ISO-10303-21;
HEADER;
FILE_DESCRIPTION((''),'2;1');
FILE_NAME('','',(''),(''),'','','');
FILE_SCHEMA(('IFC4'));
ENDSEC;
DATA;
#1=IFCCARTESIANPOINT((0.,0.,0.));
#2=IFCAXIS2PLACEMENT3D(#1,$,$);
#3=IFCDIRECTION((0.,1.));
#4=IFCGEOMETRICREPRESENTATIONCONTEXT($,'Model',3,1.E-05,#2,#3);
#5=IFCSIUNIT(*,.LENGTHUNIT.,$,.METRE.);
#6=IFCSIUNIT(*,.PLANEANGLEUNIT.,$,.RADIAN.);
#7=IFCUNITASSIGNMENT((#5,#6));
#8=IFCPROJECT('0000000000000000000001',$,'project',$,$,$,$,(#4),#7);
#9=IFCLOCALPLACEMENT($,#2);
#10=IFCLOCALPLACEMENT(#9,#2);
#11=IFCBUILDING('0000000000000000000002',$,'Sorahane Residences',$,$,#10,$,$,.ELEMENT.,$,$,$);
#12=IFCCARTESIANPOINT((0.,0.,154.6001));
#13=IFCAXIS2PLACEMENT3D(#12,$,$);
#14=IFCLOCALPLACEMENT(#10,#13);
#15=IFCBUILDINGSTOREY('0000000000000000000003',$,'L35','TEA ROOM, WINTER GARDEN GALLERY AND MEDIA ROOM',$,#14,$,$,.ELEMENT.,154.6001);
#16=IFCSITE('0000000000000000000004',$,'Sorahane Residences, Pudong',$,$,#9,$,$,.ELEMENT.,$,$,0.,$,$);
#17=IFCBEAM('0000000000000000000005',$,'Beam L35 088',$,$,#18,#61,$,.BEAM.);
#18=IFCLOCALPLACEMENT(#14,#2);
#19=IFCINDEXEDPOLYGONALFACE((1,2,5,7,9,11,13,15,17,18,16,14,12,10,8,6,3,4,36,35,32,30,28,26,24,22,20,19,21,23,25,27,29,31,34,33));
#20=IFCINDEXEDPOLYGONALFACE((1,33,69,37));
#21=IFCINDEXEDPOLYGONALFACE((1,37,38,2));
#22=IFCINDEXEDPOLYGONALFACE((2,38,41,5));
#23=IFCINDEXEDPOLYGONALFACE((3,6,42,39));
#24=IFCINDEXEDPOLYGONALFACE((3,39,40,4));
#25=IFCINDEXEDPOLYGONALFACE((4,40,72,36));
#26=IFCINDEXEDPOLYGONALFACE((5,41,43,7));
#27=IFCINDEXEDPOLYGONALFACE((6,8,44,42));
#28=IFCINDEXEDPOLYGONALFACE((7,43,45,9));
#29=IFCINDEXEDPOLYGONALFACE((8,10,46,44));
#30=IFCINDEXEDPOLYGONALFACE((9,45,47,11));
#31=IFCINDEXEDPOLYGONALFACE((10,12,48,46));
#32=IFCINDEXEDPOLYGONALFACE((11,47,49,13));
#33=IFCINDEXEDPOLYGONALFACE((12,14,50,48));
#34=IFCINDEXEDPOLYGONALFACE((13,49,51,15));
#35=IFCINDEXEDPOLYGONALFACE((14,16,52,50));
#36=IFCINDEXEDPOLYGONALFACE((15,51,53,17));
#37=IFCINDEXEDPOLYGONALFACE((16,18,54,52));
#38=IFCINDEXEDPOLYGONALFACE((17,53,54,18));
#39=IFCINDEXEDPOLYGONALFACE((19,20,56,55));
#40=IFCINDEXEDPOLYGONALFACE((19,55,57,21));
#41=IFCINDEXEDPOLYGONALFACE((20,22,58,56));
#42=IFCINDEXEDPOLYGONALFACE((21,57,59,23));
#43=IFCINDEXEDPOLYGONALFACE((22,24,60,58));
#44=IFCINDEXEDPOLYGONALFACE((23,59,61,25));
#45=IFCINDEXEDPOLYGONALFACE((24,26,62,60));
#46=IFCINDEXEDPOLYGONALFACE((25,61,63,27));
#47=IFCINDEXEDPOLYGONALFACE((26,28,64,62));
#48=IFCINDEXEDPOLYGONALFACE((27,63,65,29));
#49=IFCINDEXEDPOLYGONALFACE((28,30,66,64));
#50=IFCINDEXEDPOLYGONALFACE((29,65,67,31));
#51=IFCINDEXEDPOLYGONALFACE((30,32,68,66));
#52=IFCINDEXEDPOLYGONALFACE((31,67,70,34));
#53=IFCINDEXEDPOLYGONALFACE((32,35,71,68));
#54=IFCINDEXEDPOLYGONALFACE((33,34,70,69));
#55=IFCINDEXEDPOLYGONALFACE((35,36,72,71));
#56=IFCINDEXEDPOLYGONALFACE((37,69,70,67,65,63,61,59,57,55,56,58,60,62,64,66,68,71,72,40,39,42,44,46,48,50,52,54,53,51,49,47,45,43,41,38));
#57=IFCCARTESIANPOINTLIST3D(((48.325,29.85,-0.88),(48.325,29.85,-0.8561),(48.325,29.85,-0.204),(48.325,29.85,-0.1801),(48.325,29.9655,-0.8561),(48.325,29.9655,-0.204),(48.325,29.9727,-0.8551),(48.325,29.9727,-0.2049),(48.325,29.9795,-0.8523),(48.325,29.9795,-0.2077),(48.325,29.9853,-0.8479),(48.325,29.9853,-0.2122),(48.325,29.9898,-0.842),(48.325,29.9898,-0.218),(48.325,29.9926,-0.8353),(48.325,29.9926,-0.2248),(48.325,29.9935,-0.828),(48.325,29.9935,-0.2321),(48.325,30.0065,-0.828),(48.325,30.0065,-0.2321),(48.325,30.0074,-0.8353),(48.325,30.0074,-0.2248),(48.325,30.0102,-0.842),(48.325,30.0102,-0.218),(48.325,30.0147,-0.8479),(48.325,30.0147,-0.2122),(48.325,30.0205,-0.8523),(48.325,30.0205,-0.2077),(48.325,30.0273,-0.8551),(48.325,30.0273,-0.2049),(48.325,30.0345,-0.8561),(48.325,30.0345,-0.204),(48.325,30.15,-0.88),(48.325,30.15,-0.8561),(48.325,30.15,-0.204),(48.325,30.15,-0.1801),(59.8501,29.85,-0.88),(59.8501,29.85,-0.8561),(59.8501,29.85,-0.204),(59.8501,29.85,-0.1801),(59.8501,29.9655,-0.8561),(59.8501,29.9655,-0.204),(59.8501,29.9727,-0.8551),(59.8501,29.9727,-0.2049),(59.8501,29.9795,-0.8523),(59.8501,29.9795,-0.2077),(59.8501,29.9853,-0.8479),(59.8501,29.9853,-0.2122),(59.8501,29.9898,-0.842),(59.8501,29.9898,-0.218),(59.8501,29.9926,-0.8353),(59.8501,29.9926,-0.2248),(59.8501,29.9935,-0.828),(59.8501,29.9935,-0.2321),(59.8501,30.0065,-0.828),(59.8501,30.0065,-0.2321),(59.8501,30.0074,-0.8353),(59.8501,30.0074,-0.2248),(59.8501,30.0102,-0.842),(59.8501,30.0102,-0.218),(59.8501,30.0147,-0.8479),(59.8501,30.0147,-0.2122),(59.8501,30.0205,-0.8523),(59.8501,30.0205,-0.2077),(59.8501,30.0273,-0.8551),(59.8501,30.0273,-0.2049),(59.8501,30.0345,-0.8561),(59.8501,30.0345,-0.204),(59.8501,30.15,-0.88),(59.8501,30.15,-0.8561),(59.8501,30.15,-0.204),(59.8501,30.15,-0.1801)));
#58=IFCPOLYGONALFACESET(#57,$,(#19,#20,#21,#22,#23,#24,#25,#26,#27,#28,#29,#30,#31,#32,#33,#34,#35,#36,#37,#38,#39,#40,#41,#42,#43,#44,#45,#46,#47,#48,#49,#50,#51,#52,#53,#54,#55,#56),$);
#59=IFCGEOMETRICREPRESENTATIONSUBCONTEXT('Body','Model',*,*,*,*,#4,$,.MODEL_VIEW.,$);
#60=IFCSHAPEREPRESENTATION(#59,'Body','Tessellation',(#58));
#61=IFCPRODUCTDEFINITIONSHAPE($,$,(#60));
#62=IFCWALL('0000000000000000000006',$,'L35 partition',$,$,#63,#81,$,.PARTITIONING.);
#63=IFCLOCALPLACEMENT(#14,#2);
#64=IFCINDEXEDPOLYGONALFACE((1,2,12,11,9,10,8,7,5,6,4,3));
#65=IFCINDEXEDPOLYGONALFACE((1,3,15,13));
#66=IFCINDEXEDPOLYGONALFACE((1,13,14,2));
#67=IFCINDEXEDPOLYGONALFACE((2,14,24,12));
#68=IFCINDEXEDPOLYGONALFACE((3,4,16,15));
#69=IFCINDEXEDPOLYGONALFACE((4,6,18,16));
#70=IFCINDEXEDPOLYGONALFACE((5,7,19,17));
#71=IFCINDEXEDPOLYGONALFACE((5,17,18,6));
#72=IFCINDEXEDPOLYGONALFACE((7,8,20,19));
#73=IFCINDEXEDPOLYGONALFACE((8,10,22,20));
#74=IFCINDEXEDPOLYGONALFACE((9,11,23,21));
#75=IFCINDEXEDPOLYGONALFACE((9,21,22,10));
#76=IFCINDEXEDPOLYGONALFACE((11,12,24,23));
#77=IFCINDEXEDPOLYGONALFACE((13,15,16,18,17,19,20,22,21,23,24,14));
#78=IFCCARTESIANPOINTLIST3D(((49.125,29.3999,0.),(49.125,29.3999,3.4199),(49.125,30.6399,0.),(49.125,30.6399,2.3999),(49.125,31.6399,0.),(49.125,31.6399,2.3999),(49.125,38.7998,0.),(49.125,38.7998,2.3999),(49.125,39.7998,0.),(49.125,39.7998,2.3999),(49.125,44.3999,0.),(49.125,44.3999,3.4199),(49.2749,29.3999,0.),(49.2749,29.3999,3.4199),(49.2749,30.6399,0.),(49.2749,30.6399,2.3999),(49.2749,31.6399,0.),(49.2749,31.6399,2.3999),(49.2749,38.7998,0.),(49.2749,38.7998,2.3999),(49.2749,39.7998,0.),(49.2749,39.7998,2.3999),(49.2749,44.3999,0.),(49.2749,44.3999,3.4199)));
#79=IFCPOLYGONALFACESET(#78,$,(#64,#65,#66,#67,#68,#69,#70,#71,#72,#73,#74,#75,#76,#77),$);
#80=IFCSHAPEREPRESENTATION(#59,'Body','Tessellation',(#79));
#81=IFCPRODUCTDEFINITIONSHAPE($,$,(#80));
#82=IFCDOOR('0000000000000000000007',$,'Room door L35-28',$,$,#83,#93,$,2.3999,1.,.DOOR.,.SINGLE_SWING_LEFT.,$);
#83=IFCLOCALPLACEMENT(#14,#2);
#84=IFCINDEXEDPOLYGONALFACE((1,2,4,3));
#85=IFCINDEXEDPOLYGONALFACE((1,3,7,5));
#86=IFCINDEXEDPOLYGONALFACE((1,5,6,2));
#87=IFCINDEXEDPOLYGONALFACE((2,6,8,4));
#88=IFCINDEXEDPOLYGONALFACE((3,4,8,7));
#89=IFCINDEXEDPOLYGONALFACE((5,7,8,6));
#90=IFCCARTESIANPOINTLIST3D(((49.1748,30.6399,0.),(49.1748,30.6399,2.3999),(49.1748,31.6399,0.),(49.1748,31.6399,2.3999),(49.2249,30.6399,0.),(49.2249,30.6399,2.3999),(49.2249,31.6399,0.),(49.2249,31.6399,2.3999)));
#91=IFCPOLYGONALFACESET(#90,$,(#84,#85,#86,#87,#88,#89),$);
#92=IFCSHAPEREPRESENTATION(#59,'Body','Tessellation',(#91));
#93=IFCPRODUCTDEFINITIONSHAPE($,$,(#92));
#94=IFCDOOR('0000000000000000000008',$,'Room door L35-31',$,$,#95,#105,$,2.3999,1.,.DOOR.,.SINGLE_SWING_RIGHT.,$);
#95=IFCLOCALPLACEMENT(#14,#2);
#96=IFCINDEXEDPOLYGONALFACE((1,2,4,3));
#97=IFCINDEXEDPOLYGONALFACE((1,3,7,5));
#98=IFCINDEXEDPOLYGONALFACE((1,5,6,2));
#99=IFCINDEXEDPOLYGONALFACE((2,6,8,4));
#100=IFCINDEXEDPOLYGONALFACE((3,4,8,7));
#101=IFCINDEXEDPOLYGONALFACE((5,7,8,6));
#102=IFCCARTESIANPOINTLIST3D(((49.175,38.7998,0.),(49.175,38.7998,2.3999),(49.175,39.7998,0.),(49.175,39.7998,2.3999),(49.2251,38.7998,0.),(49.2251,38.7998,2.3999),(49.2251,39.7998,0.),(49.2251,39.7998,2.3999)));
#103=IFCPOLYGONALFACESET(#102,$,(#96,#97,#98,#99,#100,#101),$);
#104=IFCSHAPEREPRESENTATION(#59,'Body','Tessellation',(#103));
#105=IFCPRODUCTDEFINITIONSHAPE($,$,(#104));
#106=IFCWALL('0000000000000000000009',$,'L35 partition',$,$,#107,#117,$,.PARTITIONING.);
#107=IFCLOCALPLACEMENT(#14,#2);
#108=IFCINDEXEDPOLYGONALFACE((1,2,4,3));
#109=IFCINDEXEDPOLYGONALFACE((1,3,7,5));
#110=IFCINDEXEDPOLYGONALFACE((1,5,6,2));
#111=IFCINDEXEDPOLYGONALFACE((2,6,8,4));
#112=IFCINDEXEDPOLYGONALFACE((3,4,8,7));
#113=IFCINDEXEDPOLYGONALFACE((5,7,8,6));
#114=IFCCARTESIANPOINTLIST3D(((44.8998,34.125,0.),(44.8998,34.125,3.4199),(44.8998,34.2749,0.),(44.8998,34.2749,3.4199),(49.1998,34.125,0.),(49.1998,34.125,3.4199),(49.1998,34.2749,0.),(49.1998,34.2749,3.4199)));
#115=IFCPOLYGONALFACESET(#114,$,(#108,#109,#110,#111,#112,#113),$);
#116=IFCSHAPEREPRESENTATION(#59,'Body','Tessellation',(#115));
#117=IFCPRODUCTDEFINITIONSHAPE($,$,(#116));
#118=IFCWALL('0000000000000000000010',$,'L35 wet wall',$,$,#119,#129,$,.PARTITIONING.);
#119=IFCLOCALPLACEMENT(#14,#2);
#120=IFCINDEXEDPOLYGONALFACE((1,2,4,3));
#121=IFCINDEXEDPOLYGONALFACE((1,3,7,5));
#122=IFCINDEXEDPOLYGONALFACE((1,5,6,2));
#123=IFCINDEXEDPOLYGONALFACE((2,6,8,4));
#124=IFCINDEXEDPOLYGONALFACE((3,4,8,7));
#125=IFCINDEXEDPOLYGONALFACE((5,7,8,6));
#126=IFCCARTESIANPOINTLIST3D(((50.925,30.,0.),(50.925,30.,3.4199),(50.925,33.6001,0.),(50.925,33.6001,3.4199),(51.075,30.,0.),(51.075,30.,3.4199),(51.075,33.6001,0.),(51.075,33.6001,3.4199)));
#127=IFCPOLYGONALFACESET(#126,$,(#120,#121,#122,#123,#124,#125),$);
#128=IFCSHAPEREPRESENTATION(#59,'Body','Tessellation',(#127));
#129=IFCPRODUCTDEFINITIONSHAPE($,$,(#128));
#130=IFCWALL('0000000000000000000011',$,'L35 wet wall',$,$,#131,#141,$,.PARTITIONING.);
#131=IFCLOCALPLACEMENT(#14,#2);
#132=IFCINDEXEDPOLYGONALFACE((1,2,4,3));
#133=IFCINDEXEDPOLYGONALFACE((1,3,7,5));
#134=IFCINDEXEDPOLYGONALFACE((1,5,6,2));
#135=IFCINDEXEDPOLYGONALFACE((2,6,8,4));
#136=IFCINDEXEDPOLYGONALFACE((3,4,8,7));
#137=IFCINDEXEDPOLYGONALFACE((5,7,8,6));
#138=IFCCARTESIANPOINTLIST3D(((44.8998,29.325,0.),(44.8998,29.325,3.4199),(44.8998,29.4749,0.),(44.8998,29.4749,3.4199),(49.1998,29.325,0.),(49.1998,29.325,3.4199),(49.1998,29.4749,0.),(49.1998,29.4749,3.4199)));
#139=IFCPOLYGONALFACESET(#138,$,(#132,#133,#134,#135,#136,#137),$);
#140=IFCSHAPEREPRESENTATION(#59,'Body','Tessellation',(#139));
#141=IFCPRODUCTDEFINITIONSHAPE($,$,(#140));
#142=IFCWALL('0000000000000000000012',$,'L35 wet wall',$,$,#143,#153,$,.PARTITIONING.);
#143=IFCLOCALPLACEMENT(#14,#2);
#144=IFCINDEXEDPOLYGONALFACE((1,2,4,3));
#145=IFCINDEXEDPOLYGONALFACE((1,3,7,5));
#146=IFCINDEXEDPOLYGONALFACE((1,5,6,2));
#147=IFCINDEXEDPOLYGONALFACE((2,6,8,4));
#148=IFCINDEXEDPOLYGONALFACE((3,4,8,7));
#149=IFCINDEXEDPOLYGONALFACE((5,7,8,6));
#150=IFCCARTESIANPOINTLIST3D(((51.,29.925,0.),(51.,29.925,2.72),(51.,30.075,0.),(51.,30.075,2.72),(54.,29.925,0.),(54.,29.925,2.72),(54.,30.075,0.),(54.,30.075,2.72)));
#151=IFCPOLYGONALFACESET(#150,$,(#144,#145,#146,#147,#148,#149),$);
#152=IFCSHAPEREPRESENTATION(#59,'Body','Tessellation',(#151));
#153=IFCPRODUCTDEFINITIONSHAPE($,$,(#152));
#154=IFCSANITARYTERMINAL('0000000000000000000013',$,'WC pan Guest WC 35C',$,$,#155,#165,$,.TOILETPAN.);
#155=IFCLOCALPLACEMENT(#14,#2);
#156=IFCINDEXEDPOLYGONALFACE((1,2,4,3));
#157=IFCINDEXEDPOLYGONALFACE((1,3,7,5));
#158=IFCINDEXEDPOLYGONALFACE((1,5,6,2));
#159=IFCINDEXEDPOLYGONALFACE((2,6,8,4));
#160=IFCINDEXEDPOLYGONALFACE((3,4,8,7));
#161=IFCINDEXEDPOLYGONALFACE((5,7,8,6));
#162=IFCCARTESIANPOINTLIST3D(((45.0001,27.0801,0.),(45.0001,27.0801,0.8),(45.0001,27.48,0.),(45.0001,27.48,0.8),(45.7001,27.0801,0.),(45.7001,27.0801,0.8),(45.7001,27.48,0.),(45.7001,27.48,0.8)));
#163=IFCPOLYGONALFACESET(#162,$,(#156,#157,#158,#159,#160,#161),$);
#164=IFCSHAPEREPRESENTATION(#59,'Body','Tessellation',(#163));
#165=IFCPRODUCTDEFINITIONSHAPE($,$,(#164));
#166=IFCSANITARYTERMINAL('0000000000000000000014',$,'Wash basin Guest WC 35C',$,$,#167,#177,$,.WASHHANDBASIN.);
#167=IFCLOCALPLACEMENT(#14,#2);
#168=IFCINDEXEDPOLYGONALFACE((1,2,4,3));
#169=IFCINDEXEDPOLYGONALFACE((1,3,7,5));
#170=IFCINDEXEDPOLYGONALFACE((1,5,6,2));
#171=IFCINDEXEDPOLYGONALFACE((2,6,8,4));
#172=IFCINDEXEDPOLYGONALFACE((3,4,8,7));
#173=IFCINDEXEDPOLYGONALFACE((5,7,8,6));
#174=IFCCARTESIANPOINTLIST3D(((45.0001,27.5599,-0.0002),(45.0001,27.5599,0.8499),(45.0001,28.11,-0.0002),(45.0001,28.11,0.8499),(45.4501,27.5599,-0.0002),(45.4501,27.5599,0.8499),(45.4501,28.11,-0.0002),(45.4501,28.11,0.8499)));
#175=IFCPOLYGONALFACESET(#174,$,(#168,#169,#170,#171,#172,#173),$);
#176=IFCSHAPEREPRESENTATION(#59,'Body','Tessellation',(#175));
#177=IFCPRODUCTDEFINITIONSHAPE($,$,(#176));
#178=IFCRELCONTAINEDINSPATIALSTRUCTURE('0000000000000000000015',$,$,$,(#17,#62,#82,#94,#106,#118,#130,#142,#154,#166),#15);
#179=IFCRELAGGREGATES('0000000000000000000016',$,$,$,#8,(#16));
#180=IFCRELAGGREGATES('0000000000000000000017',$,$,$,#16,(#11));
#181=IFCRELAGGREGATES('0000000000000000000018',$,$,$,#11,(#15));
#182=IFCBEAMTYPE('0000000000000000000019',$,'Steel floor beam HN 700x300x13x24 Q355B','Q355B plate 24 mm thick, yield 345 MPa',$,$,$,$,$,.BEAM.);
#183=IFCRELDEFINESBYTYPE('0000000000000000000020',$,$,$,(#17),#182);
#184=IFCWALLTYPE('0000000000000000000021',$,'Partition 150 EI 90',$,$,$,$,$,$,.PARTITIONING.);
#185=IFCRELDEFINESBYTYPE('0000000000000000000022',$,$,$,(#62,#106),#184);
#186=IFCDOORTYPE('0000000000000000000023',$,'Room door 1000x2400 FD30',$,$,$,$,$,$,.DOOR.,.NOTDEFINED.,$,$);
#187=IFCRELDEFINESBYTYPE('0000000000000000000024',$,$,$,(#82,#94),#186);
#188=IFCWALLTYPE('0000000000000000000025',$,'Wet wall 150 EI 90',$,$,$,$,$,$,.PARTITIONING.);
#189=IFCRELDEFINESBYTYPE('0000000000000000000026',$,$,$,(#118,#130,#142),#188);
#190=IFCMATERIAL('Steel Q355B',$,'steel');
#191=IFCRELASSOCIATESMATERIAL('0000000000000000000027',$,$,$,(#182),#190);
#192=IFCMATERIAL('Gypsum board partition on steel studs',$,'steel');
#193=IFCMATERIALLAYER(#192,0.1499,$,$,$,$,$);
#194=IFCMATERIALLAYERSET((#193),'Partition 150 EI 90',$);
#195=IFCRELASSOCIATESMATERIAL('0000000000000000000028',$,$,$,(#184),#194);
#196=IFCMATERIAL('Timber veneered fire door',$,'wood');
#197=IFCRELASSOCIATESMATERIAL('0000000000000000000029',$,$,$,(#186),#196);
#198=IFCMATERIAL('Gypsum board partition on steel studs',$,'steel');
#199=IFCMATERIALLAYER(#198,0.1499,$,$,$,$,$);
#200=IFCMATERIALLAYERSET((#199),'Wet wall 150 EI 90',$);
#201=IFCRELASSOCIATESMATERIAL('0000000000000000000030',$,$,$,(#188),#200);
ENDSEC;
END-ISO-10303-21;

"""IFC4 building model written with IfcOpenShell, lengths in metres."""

from ifc_helpers import new_model, si_unit, direction, frame, frame_2d, origin, origin_2d, place, context, subcontext, project, spatial, rectangle, i_section, extrude, material, layer, layer_set, material_profile, profile_set, type_object, element, fill, save


model = new_model("IFC4")

# Units and contexts
model_context = context("Model", 3, precision=1e-05, world=origin(), true_north=direction((0.0, 1.0)))
body_context = subcontext(model_context, "Body", "Model", "MODEL_VIEW")
ifc_project = project(units=[si_unit("LENGTHUNIT", "METRE"), si_unit("PLANEANGLEUNIT", "RADIAN")], contexts=[model_context])

# Site, building, storey
site_placement = place(None, origin())
site = spatial("IfcSite", under=ifc_project, at=site_placement, Name="Sorahane Residences, Pudong", CompositionType="ELEMENT", RefElevation=0.0)
building_placement = place(site_placement, origin())
building = spatial("IfcBuilding", under=site, at=building_placement, Name="Sorahane Residences", CompositionType="ELEMENT")
storey_placement = place(building_placement, frame((0.0, 0.0, 154.6001)))
storey = spatial("IfcBuildingStorey", under=building, at=storey_placement, Name="L35", Description="TEA ROOM, WINTER GARDEN GALLERY AND MEDIA ROOM", CompositionType="ELEMENT", Elevation=154.6001)

# Beam
ifc_material_1 = material(Name="Steel Q355B", Category="steel")
ifc_material_profile_1 = material_profile(ifc_material_1, i_section(OverallWidth=0.3, OverallDepth=0.7, WebThickness=0.0129, FlangeThickness=0.0239, FilletRadius=0.0281, at=origin_2d()), Name="HN 700x300x13x24")
ifc_profile_set_1 = profile_set([ifc_material_profile_1], Name="Steel Q355B")
beam_type_1 = type_object("IfcBeamType", Name="Steel floor beam HN 700x300x13x24 Q355B", Description="Q355B plate 24 mm thick, yield 345 MPa", PredefinedType="BEAM", material=ifc_profile_set_1)
beam_1_placement = place(storey_placement, frame((48.325, 30.0, -0.53), z_axis=(1.0, 0.0, 0.0), x_axis=(0.0, 1.0, 0.0)))
element("IfcBeam", 1, at=beam_1_placement, inside=storey, type_object=beam_type_1, Name="Beam L35 088", PredefinedType="BEAM", context=body_context, shape_type="SweptSolid", body=[
    extrude(i_section(OverallWidth=0.3, OverallDepth=0.7, WebThickness=0.0129, FlangeThickness=0.0239, FilletRadius=0.0281, at=origin_2d()), origin(), (0.0, 0.0, 1.0), 11.5251),
])

# Wall, openings, doors
ifc_material_2 = material(Name="Gypsum board partition on steel studs", Category="steel")
ifc_layer_1 = layer(ifc_material_2, 0.1499)
ifc_layer_set_1 = layer_set([ifc_layer_1], Name="Partition 150 EI 90")
wall_type_1 = type_object("IfcWallType", Name="Partition 150 EI 90", PredefinedType="PARTITIONING", material=ifc_layer_set_1)
wall_1_placement = place(storey_placement, frame((49.2, 29.3999, 0.0), z_axis=(0.0, 0.0, 1.0), x_axis=(0.0, 1.0, 0.0)))
wall_1 = element("IfcWall", 2, at=wall_1_placement, inside=storey, type_object=wall_type_1, Name="L35 partition", PredefinedType="PARTITIONING", context=body_context, shape_type="SweptSolid", body=[
    extrude(rectangle(XDim=15.0, YDim=0.1499, at=frame_2d((7.5, 0.0))), origin(), (0.0, 0.0, 1.0), 3.4199),
])
opening_1_placement = place(wall_1_placement, frame((1.24, 0.0, 0.0)))
opening_1 = element("IfcOpeningElement", 3, at=opening_1_placement, cuts=wall_1, PredefinedType="OPENING", context=body_context, shape_type="SweptSolid", body=[
    extrude(rectangle(XDim=1.0, YDim=2.3999, at=frame_2d((0.5, 1.2))), frame((0.0, 0.085, 0.0), z_axis=(0.0, -1.0, 0.0), x_axis=(1.0, 0.0, 0.0)), (0.0, 0.0, 1.0), 0.1699),
])
opening_2_placement = place(wall_1_placement, frame((9.3999, 0.0, 0.0)))
opening_2 = element("IfcOpeningElement", 4, at=opening_2_placement, cuts=wall_1, PredefinedType="OPENING", context=body_context, shape_type="SweptSolid", body=[
    extrude(rectangle(XDim=1.0, YDim=2.3999, at=frame_2d((0.5, 1.2))), frame((0.0, 0.085, 0.0), z_axis=(0.0, -1.0, 0.0), x_axis=(1.0, 0.0, 0.0)), (0.0, 0.0, 1.0), 0.1699),
])
ifc_material_3 = material(Name="Timber veneered fire door", Category="wood")
door_type = type_object("IfcDoorType", Name="Room door 1000x2400 FD30", OperationType="NOTDEFINED", PredefinedType="DOOR", material=ifc_material_3)
door_1_placement = place(opening_1_placement, frame((1.0, 0.0, 0.0), z_axis=(0.0, 0.0, 1.0), x_axis=(-1.0, 0.0, 0.0)))
door_1 = element("IfcDoor", 5, at=door_1_placement, inside=storey, type_object=door_type, Name="Room door L35-28", OperationType="SINGLE_SWING_LEFT", OverallHeight=2.3999, OverallWidth=1.0, PredefinedType="DOOR", context=body_context, shape_type="SweptSolid", body=[
    extrude(rectangle(XDim=1.0, YDim=2.3999, at=frame_2d((0.5, 1.2))), frame((0.0, 0.0249, 0.0), z_axis=(0.0, -1.0, 0.0), x_axis=(1.0, 0.0, 0.0)), (0.0, 0.0, 1.0), 0.05),
])
fill(opening_1, door_1)
door_2_placement = place(opening_2_placement, origin())
door_2 = element("IfcDoor", 6, at=door_2_placement, inside=storey, type_object=door_type, Name="Room door L35-31", OperationType="SINGLE_SWING_RIGHT", OverallHeight=2.3999, OverallWidth=1.0, PredefinedType="DOOR", context=body_context, shape_type="SweptSolid", body=[
    extrude(rectangle(XDim=1.0, YDim=2.3999, at=frame_2d((0.5, 1.2))), frame((0.0, 0.0249, 0.0), z_axis=(0.0, -1.0, 0.0), x_axis=(1.0, 0.0, 0.0)), (0.0, 0.0, 1.0), 0.05),
])
fill(opening_2, door_2)

# Walls
wall_2_placement = place(storey_placement, frame((44.8999, 34.2, 0.0), z_axis=(0.0, 0.0, 1.0), x_axis=(1.0, 0.0, 0.0)))
element("IfcWall", 7, at=wall_2_placement, inside=storey, type_object=wall_type_1, Name="L35 partition", PredefinedType="PARTITIONING", context=body_context, shape_type="SweptSolid", body=[
    extrude(rectangle(XDim=4.3, YDim=0.1499, at=frame_2d((2.1499, 0.0))), origin(), (0.0, 0.0, 1.0), 3.4199),
])
ifc_material_4 = material(Name="Gypsum board partition on steel studs", Category="steel")
ifc_layer_2 = layer(ifc_material_4, 0.1499)
ifc_layer_set_2 = layer_set([ifc_layer_2], Name="Wet wall 150 EI 90")
wall_type_2 = type_object("IfcWallType", Name="Wet wall 150 EI 90", PredefinedType="PARTITIONING", material=ifc_layer_set_2)
wall_3_placement = place(storey_placement, frame((51.0, 30.0, 0.0), z_axis=(0.0, 0.0, 1.0), x_axis=(0.0, 1.0, 0.0)))
element("IfcWall", 8, at=wall_3_placement, inside=storey, type_object=wall_type_2, Name="L35 wet wall", PredefinedType="PARTITIONING", context=body_context, shape_type="SweptSolid", body=[
    extrude(rectangle(XDim=3.6001, YDim=0.1499, at=frame_2d((1.8, 0.0))), origin(), (0.0, 0.0, 1.0), 3.4199),
])
wall_4_placement = place(storey_placement, frame((44.8999, 29.3999, 0.0), z_axis=(0.0, 0.0, 1.0), x_axis=(1.0, 0.0, 0.0)))
element("IfcWall", 9, at=wall_4_placement, inside=storey, type_object=wall_type_2, Name="L35 wet wall", PredefinedType="PARTITIONING", context=body_context, shape_type="SweptSolid", body=[
    extrude(rectangle(XDim=4.3, YDim=0.1499, at=frame_2d((2.1499, 0.0))), origin(), (0.0, 0.0, 1.0), 3.4199),
])
wall_5_placement = place(storey_placement, frame((51.0, 30.0, 0.0), z_axis=(0.0, 0.0, 1.0), x_axis=(1.0, 0.0, 0.0)))
element("IfcWall", 10, at=wall_5_placement, inside=storey, type_object=wall_type_2, Name="L35 wet wall", PredefinedType="PARTITIONING", context=body_context, shape_type="SweptSolid", body=[
    extrude(rectangle(XDim=3.0, YDim=0.1499, at=frame_2d((1.5, 0.0))), origin(), (0.0, 0.0, 1.0), 2.72),
])

# Sanitary terminals
sanitary_terminal_1_placement = place(storey_placement, frame((45.3501, 27.28, 0.0), z_axis=(0.0, 0.0, 1.0), x_axis=(0.0, 1.0, 0.0)))
element("IfcSanitaryTerminal", 11, at=sanitary_terminal_1_placement, inside=storey, Name="WC pan Guest WC 35C", PredefinedType="TOILETPAN", context=body_context, shape_type="SweptSolid", body=[
    extrude(rectangle(XDim=0.3999, YDim=0.7, at=origin_2d()), origin(), (0.0, 0.0, 1.0), 0.8),
])
sanitary_terminal_2_placement = place(storey_placement, frame((45.2251, 27.835, -0.0002), z_axis=(0.0, 0.0, 1.0), x_axis=(0.0, 1.0, 0.0)))
element("IfcSanitaryTerminal", 12, at=sanitary_terminal_2_placement, inside=storey, Name="Wash basin Guest WC 35C", PredefinedType="WASHHANDBASIN", context=body_context, shape_type="SweptSolid", body=[
    extrude(rectangle(XDim=0.55, YDim=0.45, at=origin_2d()), origin(), (0.0, 0.0, 1.0), 0.8501),
])

save(model, "model.ifc")
